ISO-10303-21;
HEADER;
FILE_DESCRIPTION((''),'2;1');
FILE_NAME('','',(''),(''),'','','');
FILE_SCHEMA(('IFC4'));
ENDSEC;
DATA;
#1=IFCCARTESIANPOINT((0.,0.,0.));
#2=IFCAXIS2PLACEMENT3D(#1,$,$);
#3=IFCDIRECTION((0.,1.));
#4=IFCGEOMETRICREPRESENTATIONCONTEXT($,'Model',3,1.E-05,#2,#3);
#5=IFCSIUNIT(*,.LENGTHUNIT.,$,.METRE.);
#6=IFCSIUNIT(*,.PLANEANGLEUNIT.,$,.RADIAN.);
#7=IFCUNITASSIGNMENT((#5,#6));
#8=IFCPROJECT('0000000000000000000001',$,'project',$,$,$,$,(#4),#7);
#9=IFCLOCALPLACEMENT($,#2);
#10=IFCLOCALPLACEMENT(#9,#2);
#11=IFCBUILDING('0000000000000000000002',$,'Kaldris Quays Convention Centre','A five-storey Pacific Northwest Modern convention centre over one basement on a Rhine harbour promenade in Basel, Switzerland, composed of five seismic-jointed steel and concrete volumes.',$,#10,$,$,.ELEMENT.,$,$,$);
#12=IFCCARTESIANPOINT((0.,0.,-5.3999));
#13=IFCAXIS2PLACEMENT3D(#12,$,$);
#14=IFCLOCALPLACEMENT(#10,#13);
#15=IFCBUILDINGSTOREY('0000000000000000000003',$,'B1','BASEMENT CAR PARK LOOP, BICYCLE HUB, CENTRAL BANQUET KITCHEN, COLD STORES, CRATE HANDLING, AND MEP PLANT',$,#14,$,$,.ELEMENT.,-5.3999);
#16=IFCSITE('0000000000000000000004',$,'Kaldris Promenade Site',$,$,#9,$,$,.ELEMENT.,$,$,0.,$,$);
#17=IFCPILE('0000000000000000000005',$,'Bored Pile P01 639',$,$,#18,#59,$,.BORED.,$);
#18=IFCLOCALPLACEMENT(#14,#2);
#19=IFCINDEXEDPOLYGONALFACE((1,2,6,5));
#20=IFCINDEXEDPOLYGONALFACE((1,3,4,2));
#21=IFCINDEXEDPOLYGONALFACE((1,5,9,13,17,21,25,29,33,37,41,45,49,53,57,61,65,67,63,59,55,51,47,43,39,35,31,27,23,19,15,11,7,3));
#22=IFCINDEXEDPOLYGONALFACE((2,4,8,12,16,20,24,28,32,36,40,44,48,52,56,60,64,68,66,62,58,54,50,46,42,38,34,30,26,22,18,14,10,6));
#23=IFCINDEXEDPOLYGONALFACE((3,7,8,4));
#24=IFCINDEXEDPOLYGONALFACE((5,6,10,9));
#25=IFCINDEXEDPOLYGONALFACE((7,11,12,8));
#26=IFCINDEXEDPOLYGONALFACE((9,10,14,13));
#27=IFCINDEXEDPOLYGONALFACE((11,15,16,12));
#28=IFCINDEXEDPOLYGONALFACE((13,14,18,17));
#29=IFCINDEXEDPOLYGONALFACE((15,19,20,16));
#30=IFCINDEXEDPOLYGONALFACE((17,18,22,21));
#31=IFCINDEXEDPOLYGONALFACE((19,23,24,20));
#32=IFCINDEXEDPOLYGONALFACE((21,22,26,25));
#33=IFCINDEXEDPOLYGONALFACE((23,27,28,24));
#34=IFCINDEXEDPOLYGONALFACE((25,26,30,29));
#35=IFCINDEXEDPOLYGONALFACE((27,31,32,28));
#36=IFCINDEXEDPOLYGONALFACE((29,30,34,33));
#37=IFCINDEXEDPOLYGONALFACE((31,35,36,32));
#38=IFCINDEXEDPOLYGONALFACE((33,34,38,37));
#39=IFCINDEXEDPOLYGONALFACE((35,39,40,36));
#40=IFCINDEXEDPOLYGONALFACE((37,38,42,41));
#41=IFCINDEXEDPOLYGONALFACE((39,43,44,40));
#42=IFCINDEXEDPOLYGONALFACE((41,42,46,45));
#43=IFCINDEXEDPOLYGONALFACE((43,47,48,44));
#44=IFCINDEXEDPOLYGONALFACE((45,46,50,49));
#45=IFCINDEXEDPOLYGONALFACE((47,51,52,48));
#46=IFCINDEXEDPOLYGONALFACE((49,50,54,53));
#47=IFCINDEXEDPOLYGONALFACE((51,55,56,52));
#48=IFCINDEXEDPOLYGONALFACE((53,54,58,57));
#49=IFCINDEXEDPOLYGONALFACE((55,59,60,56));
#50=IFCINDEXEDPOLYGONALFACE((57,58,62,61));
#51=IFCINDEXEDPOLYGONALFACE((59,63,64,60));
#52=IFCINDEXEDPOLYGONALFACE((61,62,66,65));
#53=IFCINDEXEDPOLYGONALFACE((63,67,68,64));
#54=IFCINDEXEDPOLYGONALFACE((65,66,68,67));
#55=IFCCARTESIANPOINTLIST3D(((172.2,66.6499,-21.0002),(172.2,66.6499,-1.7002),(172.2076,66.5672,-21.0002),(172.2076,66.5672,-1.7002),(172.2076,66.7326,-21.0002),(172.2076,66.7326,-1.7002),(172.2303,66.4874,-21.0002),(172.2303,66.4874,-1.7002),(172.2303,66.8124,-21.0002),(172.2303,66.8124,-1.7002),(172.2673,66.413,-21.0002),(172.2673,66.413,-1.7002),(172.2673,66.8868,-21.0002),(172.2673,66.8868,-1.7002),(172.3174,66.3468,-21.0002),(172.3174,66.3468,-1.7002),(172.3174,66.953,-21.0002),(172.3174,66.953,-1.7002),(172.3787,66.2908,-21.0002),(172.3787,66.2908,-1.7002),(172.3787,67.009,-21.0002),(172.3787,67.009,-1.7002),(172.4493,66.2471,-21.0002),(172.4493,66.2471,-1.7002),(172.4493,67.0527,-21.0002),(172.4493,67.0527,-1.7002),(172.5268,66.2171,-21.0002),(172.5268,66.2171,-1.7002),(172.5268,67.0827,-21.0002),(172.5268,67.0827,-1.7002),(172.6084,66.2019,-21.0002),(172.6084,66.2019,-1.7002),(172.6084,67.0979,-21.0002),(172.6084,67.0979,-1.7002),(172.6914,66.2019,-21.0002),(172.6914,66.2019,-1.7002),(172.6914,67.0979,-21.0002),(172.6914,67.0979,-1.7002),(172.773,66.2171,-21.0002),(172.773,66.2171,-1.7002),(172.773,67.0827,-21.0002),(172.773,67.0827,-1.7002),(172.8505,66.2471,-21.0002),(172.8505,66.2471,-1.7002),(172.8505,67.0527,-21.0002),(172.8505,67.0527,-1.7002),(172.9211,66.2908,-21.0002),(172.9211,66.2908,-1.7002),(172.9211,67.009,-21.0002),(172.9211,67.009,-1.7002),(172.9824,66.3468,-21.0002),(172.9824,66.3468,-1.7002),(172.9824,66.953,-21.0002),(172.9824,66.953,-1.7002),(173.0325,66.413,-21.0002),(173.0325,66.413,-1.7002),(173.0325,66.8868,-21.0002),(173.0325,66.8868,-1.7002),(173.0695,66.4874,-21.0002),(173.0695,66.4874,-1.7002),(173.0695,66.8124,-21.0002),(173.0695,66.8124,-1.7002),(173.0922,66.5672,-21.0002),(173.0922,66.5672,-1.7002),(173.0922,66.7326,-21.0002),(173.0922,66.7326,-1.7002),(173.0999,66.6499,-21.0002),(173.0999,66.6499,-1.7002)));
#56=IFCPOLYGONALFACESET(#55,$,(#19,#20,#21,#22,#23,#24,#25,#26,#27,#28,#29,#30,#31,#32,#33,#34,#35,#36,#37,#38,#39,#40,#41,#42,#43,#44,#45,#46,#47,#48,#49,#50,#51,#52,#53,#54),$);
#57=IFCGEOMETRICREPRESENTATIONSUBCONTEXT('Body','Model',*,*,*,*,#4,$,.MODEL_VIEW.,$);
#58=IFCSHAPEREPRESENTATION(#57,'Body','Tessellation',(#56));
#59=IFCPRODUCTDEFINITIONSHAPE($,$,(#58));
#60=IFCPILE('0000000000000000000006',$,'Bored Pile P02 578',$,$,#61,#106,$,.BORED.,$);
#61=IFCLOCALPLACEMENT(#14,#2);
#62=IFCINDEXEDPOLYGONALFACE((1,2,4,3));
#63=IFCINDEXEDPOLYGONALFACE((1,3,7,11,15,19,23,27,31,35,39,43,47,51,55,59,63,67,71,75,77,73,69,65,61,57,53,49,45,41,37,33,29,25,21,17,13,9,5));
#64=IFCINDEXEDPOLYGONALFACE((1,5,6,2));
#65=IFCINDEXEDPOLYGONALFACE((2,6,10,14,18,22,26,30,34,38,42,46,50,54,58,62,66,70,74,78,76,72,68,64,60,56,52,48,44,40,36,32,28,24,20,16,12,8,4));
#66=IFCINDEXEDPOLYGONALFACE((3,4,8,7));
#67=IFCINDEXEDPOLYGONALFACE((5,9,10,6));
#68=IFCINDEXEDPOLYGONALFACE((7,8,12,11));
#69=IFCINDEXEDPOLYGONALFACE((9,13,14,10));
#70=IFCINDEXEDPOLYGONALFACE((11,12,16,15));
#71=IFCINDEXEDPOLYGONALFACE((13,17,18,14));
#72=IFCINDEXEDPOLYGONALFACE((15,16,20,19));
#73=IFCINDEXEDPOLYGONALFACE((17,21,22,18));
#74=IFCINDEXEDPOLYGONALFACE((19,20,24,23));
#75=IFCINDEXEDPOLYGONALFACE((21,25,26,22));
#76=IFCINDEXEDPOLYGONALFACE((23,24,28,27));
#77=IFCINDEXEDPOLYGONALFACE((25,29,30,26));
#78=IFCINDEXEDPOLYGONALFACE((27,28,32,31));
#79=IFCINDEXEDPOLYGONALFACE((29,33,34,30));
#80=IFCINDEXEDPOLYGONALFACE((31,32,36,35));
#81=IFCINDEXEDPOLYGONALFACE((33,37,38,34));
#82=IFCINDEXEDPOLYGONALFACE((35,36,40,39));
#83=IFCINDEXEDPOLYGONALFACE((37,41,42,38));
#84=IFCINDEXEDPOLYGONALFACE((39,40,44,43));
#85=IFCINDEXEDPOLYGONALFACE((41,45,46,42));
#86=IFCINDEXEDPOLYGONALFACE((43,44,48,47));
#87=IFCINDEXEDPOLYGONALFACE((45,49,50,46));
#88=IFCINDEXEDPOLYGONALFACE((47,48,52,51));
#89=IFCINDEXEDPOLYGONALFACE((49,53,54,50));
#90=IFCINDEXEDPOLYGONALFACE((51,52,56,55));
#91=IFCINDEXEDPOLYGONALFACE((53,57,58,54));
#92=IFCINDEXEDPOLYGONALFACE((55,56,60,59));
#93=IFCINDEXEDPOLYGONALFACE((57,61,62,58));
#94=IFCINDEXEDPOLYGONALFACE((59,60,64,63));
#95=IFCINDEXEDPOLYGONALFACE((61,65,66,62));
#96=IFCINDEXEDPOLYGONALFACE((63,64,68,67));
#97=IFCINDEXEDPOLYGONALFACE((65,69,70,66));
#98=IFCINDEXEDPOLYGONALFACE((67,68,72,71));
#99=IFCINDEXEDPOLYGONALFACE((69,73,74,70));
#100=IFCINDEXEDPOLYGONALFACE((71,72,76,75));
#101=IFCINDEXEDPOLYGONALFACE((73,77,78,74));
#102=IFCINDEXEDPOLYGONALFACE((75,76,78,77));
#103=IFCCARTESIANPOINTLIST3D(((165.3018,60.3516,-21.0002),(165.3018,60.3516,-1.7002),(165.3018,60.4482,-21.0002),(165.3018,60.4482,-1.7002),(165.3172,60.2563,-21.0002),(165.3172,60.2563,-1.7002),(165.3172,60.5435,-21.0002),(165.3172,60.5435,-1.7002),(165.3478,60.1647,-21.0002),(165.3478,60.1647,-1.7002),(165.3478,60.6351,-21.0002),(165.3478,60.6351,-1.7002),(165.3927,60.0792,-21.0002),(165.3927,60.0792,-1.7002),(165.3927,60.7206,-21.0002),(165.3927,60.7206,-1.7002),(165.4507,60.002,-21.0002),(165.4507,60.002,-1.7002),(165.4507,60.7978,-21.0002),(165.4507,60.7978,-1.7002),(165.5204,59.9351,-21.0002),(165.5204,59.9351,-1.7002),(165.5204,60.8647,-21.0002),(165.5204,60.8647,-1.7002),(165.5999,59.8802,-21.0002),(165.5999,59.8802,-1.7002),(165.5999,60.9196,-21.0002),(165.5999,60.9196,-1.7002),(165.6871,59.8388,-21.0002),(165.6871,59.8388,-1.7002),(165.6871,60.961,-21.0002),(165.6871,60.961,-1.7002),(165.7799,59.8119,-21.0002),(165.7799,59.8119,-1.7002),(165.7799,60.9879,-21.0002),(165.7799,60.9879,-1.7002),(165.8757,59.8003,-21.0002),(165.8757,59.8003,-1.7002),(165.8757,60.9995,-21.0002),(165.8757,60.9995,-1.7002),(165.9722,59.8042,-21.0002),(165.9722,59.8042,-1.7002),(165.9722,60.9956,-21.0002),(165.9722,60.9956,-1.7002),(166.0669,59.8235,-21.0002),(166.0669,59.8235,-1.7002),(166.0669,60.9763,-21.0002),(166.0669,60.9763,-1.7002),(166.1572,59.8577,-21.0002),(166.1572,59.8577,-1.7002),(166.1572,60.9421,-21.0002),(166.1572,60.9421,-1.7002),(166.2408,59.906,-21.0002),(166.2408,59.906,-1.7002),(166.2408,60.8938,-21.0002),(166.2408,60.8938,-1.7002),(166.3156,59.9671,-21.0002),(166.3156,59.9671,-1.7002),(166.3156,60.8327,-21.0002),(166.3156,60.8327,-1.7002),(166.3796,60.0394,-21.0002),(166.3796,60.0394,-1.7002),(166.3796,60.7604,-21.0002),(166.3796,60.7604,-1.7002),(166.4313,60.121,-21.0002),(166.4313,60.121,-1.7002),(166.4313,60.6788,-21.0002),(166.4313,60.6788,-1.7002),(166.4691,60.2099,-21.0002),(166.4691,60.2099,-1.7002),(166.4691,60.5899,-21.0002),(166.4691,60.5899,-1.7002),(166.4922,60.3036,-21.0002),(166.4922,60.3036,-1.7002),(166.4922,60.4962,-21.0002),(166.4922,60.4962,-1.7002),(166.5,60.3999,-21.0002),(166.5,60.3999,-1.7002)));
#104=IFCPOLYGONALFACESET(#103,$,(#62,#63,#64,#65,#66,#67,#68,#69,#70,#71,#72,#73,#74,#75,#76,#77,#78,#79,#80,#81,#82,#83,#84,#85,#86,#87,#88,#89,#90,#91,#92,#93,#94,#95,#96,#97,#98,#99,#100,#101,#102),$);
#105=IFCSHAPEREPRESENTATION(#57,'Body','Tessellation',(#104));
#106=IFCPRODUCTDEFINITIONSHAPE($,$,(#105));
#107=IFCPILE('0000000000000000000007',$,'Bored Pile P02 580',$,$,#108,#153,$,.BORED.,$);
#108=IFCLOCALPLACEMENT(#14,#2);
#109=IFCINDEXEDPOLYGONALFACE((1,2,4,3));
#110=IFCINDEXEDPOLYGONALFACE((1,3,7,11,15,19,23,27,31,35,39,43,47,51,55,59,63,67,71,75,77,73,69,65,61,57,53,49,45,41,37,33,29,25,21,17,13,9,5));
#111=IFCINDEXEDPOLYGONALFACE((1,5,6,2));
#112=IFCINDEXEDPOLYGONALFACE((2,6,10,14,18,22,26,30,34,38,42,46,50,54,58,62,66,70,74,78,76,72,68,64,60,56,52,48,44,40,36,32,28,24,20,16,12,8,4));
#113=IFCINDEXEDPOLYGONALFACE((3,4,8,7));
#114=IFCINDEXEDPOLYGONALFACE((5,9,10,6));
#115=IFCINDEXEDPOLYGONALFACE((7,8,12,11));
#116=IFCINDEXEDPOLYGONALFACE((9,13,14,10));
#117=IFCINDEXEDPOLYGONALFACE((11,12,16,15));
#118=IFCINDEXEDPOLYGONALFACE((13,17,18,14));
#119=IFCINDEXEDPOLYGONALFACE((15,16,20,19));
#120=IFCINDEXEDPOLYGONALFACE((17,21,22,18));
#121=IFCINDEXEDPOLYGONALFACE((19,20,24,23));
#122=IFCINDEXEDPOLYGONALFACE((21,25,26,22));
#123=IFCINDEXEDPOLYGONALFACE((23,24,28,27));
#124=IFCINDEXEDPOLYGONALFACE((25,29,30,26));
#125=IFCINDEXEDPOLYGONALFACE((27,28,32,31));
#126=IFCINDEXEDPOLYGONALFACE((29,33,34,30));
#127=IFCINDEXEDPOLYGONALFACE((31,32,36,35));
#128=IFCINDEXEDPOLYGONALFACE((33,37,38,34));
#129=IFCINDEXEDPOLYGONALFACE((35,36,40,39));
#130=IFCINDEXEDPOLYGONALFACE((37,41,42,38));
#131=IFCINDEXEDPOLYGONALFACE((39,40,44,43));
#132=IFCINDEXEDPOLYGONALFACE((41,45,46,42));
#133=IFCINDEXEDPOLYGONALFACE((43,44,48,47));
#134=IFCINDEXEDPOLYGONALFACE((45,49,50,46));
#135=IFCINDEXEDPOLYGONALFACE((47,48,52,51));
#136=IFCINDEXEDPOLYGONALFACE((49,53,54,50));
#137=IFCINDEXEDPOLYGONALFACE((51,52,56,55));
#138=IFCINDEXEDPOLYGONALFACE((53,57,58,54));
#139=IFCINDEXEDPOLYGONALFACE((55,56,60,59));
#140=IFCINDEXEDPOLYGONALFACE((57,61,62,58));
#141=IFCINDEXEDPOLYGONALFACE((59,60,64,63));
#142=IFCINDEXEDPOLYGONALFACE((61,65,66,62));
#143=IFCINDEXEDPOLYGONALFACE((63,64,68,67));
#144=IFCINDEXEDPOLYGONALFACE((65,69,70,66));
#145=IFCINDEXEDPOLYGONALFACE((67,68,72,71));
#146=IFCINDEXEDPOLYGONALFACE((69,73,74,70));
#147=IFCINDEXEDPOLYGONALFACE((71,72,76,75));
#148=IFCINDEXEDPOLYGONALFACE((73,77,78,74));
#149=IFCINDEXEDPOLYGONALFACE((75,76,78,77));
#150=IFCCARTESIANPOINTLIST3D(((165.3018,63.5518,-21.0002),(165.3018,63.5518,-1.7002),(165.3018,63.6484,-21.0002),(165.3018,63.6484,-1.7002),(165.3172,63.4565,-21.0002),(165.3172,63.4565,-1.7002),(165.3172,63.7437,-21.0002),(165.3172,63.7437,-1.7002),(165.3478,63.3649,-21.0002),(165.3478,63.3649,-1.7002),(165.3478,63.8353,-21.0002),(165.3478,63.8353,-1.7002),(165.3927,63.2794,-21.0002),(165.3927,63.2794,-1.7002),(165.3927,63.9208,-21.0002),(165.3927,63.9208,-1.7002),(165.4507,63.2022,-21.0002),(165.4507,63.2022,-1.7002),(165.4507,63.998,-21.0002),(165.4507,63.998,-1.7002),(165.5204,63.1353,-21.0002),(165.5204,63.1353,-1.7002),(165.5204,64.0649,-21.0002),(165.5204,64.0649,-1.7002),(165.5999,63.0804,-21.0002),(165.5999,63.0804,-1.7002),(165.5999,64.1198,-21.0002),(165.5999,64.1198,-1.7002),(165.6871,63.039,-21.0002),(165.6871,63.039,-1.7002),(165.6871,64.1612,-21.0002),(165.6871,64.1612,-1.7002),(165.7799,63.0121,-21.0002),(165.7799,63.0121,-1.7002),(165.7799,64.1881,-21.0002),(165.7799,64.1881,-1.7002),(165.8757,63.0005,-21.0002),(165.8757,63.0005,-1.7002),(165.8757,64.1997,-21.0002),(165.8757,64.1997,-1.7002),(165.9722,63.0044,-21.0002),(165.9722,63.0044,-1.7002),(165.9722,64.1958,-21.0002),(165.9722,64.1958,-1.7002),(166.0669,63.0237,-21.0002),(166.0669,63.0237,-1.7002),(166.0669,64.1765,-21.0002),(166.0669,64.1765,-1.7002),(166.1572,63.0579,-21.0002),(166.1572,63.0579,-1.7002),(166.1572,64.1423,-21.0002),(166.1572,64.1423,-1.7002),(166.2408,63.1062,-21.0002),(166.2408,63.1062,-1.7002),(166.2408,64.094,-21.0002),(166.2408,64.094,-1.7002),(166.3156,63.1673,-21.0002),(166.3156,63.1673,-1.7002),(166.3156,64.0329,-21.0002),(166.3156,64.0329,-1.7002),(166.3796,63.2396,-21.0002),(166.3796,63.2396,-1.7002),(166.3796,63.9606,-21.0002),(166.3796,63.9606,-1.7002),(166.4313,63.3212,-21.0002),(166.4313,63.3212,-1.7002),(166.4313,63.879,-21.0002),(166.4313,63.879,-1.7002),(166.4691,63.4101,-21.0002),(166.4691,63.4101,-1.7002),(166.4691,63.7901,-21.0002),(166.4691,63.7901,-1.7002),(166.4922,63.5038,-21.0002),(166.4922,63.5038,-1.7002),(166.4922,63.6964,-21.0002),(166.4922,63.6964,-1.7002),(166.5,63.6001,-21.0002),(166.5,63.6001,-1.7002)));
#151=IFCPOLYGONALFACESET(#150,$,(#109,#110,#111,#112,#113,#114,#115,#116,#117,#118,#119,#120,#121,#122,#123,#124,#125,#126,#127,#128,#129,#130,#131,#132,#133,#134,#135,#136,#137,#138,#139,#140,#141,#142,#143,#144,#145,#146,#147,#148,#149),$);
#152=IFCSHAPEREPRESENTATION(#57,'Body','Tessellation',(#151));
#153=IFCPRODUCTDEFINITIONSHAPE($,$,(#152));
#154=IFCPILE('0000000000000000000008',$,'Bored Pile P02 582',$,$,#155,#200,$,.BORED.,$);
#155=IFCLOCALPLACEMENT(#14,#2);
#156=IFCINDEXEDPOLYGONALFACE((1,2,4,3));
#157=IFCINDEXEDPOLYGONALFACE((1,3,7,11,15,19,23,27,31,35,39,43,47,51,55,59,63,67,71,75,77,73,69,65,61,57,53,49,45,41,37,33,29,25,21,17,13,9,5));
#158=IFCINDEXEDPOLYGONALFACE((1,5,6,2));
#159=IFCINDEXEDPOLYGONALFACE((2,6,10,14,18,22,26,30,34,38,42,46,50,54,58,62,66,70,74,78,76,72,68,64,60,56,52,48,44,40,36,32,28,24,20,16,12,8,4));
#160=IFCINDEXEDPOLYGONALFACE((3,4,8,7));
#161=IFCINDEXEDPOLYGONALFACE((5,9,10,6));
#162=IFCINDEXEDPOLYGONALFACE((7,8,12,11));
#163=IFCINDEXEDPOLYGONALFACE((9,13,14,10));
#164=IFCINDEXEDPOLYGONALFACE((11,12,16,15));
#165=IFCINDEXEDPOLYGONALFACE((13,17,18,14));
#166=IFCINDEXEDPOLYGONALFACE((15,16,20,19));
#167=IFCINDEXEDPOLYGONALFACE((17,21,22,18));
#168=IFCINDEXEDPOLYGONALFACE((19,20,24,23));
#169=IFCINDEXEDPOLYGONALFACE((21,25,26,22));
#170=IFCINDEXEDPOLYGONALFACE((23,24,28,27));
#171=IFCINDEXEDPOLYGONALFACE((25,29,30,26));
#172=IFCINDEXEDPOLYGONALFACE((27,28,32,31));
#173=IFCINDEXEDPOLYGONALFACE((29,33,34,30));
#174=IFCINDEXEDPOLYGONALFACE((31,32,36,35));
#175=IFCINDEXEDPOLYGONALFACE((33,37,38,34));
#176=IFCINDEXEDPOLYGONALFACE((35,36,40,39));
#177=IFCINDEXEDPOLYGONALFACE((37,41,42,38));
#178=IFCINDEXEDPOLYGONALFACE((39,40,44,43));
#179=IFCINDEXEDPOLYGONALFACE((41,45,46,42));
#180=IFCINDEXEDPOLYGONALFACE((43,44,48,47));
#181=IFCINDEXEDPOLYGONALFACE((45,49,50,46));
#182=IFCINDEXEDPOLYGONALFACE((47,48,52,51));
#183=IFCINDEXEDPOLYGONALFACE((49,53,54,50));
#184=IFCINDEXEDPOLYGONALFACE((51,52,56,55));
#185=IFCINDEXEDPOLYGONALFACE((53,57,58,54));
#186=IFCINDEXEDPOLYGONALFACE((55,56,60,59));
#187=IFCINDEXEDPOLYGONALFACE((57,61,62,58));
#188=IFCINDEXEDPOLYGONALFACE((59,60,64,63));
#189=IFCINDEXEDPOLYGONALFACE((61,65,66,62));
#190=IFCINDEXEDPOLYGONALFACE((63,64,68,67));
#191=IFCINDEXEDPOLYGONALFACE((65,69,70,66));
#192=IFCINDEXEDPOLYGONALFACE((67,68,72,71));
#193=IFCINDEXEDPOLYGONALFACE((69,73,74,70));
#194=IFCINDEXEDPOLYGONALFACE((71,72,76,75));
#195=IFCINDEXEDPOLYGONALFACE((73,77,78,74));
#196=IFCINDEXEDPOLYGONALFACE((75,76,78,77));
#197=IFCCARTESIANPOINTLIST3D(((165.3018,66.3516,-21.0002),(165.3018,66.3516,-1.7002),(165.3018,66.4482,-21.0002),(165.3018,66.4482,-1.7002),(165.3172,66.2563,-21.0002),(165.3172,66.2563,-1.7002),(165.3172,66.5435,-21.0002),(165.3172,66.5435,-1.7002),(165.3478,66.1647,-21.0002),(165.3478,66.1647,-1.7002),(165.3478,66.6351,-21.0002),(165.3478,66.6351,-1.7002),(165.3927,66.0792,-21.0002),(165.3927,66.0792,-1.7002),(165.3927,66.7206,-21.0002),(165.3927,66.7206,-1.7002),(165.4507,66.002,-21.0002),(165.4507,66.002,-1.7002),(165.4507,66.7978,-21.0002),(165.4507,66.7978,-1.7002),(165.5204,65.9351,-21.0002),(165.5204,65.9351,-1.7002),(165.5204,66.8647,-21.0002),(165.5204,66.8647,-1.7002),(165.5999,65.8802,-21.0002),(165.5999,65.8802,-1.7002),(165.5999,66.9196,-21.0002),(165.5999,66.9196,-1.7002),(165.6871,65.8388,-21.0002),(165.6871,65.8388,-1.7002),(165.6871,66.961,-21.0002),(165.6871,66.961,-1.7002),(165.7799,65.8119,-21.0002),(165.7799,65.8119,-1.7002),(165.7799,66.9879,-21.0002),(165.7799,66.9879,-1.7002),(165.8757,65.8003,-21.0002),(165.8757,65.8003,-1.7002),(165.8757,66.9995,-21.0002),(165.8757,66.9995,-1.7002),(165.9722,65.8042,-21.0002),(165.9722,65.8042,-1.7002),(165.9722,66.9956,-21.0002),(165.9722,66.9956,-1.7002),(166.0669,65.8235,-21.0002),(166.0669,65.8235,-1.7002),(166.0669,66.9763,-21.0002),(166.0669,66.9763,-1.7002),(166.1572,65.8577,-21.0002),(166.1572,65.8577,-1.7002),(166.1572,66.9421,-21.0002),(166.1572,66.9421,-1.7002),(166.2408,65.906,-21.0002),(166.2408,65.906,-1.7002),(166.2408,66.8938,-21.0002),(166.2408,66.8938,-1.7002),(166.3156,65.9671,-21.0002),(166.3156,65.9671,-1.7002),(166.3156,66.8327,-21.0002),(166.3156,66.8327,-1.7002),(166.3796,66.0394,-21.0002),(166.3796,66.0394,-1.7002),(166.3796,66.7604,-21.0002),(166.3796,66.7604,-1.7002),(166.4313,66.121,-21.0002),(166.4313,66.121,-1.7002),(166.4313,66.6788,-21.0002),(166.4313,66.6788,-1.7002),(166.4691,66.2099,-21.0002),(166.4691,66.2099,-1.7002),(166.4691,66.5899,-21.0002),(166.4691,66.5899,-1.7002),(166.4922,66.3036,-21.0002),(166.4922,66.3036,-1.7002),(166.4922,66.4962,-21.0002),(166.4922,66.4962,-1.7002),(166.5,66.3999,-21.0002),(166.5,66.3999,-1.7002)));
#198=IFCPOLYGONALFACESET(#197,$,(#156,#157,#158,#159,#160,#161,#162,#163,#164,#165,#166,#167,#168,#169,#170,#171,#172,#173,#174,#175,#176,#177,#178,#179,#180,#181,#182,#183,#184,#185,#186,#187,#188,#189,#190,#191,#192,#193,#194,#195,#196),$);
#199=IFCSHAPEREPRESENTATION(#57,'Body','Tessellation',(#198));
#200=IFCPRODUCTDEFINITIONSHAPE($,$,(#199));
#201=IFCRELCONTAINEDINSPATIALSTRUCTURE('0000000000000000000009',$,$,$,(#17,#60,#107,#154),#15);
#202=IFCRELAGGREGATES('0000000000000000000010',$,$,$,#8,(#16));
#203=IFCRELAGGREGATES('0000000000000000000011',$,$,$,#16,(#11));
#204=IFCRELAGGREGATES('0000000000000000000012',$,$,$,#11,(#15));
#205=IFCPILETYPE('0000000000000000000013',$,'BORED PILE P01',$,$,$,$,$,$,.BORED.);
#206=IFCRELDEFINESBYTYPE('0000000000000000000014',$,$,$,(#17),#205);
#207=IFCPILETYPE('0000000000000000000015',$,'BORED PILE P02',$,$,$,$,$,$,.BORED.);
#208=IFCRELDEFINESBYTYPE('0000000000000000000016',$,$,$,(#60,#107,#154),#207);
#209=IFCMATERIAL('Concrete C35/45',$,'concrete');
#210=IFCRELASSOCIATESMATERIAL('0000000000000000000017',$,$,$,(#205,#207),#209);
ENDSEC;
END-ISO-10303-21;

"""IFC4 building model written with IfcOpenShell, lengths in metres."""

from ifc_helpers import new_model, si_unit, direction, frame, origin, origin_2d, place, context, subcontext, project, spatial, circle, extrude, material, material_profile, profile_set, type_object, element, save


model = new_model("IFC4")

# Units and contexts
model_context = context("Model", 3, precision=1e-05, world=origin(), true_north=direction((0.0, 1.0)))
body_context = subcontext(model_context, "Body", "Model", "MODEL_VIEW")
ifc_project = project(units=[si_unit("LENGTHUNIT", "METRE"), si_unit("PLANEANGLEUNIT", "RADIAN")], contexts=[model_context])

# Site, building, storey
site_placement = place(None, origin())
site = spatial("IfcSite", under=ifc_project, at=site_placement, Name="Kaldris Promenade Site", CompositionType="ELEMENT", RefElevation=0.0)
building_placement = place(site_placement, origin())
building = spatial("IfcBuilding", under=site, at=building_placement, Name="Kaldris Quays Convention Centre", Description="A five-storey Pacific Northwest Modern convention centre over one basement on a Rhine harbour promenade in Basel, Switzerland, composed of five seismic-jointed steel and concrete volumes.", CompositionType="ELEMENT")
storey_placement = place(building_placement, frame((0.0, 0.0, -5.3999)))
storey = spatial("IfcBuildingStorey", under=building, at=storey_placement, Name="B1", Description="BASEMENT CAR PARK LOOP, BICYCLE HUB, CENTRAL BANQUET KITCHEN, COLD STORES, CRATE HANDLING, AND MEP PLANT", CompositionType="ELEMENT", Elevation=-5.3999)

# Piles
ifc_material_1 = material(Name="Concrete C35/45", Category="concrete")
ifc_material_profile_1 = material_profile(ifc_material_1, circle(Radius=0.45, at=origin_2d()), Name="BORED PILE D900")
ifc_profile_set_1 = profile_set([ifc_material_profile_1], Name="Concrete C35/45")
pile_type_1 = type_object("IfcPileType", Name="BORED PILE P01", PredefinedType="BORED", material=ifc_profile_set_1)
pile_placement = place(storey_placement, frame((172.6499, 66.6499, -1.7002), z_axis=(0.0, 0.0, -1.0), x_axis=(1.0, 0.0, 0.0)))
element("IfcPile", 1, at=pile_placement, inside=storey, type_object=pile_type_1, Name="Bored Pile P01 639", PredefinedType="BORED", context=body_context, shape_type="SweptSolid", body=[
    extrude(circle(Radius=0.45, at=origin_2d()), origin(), (0.0, 0.0, 1.0), 19.3),
])
ifc_material_profile_2 = material_profile(ifc_material_1, circle(Radius=0.6001, at=origin_2d()), Name="BORED PILE D1200")
ifc_profile_set_2 = profile_set([ifc_material_profile_2], Name="Concrete C35/45")
pile_type_2 = type_object("IfcPileType", Name="BORED PILE P02", PredefinedType="BORED", material=ifc_profile_set_2)
for number, where, z_axis, x_axis, name in (
    (2, (165.8999, 60.3999, -1.7002), (0.0, 0.0, -1.0), (1.0, 0.0, 0.0), "Bored Pile P02 578"),
    (3, (165.8999, 63.6001, -1.7002), (0.0, 0.0, -1.0), (1.0, 0.0, 0.0), "Bored Pile P02 580"),
    (4, (165.8999, 66.3999, -1.7002), (0.0, 0.0, -1.0), (1.0, 0.0, 0.0), "Bored Pile P02 582"),
):
    element("IfcPile", number, at=place(storey_placement, frame(where, z_axis=z_axis, x_axis=x_axis)), inside=storey, type_object=pile_type_2, Name=name, PredefinedType="BORED", context=body_context, shape_type="SweptSolid", body=[
        extrude(circle(Radius=0.6001, at=origin_2d()), origin(), (0.0, 0.0, 1.0), 19.3),
    ])

save(model, "model.ifc")
